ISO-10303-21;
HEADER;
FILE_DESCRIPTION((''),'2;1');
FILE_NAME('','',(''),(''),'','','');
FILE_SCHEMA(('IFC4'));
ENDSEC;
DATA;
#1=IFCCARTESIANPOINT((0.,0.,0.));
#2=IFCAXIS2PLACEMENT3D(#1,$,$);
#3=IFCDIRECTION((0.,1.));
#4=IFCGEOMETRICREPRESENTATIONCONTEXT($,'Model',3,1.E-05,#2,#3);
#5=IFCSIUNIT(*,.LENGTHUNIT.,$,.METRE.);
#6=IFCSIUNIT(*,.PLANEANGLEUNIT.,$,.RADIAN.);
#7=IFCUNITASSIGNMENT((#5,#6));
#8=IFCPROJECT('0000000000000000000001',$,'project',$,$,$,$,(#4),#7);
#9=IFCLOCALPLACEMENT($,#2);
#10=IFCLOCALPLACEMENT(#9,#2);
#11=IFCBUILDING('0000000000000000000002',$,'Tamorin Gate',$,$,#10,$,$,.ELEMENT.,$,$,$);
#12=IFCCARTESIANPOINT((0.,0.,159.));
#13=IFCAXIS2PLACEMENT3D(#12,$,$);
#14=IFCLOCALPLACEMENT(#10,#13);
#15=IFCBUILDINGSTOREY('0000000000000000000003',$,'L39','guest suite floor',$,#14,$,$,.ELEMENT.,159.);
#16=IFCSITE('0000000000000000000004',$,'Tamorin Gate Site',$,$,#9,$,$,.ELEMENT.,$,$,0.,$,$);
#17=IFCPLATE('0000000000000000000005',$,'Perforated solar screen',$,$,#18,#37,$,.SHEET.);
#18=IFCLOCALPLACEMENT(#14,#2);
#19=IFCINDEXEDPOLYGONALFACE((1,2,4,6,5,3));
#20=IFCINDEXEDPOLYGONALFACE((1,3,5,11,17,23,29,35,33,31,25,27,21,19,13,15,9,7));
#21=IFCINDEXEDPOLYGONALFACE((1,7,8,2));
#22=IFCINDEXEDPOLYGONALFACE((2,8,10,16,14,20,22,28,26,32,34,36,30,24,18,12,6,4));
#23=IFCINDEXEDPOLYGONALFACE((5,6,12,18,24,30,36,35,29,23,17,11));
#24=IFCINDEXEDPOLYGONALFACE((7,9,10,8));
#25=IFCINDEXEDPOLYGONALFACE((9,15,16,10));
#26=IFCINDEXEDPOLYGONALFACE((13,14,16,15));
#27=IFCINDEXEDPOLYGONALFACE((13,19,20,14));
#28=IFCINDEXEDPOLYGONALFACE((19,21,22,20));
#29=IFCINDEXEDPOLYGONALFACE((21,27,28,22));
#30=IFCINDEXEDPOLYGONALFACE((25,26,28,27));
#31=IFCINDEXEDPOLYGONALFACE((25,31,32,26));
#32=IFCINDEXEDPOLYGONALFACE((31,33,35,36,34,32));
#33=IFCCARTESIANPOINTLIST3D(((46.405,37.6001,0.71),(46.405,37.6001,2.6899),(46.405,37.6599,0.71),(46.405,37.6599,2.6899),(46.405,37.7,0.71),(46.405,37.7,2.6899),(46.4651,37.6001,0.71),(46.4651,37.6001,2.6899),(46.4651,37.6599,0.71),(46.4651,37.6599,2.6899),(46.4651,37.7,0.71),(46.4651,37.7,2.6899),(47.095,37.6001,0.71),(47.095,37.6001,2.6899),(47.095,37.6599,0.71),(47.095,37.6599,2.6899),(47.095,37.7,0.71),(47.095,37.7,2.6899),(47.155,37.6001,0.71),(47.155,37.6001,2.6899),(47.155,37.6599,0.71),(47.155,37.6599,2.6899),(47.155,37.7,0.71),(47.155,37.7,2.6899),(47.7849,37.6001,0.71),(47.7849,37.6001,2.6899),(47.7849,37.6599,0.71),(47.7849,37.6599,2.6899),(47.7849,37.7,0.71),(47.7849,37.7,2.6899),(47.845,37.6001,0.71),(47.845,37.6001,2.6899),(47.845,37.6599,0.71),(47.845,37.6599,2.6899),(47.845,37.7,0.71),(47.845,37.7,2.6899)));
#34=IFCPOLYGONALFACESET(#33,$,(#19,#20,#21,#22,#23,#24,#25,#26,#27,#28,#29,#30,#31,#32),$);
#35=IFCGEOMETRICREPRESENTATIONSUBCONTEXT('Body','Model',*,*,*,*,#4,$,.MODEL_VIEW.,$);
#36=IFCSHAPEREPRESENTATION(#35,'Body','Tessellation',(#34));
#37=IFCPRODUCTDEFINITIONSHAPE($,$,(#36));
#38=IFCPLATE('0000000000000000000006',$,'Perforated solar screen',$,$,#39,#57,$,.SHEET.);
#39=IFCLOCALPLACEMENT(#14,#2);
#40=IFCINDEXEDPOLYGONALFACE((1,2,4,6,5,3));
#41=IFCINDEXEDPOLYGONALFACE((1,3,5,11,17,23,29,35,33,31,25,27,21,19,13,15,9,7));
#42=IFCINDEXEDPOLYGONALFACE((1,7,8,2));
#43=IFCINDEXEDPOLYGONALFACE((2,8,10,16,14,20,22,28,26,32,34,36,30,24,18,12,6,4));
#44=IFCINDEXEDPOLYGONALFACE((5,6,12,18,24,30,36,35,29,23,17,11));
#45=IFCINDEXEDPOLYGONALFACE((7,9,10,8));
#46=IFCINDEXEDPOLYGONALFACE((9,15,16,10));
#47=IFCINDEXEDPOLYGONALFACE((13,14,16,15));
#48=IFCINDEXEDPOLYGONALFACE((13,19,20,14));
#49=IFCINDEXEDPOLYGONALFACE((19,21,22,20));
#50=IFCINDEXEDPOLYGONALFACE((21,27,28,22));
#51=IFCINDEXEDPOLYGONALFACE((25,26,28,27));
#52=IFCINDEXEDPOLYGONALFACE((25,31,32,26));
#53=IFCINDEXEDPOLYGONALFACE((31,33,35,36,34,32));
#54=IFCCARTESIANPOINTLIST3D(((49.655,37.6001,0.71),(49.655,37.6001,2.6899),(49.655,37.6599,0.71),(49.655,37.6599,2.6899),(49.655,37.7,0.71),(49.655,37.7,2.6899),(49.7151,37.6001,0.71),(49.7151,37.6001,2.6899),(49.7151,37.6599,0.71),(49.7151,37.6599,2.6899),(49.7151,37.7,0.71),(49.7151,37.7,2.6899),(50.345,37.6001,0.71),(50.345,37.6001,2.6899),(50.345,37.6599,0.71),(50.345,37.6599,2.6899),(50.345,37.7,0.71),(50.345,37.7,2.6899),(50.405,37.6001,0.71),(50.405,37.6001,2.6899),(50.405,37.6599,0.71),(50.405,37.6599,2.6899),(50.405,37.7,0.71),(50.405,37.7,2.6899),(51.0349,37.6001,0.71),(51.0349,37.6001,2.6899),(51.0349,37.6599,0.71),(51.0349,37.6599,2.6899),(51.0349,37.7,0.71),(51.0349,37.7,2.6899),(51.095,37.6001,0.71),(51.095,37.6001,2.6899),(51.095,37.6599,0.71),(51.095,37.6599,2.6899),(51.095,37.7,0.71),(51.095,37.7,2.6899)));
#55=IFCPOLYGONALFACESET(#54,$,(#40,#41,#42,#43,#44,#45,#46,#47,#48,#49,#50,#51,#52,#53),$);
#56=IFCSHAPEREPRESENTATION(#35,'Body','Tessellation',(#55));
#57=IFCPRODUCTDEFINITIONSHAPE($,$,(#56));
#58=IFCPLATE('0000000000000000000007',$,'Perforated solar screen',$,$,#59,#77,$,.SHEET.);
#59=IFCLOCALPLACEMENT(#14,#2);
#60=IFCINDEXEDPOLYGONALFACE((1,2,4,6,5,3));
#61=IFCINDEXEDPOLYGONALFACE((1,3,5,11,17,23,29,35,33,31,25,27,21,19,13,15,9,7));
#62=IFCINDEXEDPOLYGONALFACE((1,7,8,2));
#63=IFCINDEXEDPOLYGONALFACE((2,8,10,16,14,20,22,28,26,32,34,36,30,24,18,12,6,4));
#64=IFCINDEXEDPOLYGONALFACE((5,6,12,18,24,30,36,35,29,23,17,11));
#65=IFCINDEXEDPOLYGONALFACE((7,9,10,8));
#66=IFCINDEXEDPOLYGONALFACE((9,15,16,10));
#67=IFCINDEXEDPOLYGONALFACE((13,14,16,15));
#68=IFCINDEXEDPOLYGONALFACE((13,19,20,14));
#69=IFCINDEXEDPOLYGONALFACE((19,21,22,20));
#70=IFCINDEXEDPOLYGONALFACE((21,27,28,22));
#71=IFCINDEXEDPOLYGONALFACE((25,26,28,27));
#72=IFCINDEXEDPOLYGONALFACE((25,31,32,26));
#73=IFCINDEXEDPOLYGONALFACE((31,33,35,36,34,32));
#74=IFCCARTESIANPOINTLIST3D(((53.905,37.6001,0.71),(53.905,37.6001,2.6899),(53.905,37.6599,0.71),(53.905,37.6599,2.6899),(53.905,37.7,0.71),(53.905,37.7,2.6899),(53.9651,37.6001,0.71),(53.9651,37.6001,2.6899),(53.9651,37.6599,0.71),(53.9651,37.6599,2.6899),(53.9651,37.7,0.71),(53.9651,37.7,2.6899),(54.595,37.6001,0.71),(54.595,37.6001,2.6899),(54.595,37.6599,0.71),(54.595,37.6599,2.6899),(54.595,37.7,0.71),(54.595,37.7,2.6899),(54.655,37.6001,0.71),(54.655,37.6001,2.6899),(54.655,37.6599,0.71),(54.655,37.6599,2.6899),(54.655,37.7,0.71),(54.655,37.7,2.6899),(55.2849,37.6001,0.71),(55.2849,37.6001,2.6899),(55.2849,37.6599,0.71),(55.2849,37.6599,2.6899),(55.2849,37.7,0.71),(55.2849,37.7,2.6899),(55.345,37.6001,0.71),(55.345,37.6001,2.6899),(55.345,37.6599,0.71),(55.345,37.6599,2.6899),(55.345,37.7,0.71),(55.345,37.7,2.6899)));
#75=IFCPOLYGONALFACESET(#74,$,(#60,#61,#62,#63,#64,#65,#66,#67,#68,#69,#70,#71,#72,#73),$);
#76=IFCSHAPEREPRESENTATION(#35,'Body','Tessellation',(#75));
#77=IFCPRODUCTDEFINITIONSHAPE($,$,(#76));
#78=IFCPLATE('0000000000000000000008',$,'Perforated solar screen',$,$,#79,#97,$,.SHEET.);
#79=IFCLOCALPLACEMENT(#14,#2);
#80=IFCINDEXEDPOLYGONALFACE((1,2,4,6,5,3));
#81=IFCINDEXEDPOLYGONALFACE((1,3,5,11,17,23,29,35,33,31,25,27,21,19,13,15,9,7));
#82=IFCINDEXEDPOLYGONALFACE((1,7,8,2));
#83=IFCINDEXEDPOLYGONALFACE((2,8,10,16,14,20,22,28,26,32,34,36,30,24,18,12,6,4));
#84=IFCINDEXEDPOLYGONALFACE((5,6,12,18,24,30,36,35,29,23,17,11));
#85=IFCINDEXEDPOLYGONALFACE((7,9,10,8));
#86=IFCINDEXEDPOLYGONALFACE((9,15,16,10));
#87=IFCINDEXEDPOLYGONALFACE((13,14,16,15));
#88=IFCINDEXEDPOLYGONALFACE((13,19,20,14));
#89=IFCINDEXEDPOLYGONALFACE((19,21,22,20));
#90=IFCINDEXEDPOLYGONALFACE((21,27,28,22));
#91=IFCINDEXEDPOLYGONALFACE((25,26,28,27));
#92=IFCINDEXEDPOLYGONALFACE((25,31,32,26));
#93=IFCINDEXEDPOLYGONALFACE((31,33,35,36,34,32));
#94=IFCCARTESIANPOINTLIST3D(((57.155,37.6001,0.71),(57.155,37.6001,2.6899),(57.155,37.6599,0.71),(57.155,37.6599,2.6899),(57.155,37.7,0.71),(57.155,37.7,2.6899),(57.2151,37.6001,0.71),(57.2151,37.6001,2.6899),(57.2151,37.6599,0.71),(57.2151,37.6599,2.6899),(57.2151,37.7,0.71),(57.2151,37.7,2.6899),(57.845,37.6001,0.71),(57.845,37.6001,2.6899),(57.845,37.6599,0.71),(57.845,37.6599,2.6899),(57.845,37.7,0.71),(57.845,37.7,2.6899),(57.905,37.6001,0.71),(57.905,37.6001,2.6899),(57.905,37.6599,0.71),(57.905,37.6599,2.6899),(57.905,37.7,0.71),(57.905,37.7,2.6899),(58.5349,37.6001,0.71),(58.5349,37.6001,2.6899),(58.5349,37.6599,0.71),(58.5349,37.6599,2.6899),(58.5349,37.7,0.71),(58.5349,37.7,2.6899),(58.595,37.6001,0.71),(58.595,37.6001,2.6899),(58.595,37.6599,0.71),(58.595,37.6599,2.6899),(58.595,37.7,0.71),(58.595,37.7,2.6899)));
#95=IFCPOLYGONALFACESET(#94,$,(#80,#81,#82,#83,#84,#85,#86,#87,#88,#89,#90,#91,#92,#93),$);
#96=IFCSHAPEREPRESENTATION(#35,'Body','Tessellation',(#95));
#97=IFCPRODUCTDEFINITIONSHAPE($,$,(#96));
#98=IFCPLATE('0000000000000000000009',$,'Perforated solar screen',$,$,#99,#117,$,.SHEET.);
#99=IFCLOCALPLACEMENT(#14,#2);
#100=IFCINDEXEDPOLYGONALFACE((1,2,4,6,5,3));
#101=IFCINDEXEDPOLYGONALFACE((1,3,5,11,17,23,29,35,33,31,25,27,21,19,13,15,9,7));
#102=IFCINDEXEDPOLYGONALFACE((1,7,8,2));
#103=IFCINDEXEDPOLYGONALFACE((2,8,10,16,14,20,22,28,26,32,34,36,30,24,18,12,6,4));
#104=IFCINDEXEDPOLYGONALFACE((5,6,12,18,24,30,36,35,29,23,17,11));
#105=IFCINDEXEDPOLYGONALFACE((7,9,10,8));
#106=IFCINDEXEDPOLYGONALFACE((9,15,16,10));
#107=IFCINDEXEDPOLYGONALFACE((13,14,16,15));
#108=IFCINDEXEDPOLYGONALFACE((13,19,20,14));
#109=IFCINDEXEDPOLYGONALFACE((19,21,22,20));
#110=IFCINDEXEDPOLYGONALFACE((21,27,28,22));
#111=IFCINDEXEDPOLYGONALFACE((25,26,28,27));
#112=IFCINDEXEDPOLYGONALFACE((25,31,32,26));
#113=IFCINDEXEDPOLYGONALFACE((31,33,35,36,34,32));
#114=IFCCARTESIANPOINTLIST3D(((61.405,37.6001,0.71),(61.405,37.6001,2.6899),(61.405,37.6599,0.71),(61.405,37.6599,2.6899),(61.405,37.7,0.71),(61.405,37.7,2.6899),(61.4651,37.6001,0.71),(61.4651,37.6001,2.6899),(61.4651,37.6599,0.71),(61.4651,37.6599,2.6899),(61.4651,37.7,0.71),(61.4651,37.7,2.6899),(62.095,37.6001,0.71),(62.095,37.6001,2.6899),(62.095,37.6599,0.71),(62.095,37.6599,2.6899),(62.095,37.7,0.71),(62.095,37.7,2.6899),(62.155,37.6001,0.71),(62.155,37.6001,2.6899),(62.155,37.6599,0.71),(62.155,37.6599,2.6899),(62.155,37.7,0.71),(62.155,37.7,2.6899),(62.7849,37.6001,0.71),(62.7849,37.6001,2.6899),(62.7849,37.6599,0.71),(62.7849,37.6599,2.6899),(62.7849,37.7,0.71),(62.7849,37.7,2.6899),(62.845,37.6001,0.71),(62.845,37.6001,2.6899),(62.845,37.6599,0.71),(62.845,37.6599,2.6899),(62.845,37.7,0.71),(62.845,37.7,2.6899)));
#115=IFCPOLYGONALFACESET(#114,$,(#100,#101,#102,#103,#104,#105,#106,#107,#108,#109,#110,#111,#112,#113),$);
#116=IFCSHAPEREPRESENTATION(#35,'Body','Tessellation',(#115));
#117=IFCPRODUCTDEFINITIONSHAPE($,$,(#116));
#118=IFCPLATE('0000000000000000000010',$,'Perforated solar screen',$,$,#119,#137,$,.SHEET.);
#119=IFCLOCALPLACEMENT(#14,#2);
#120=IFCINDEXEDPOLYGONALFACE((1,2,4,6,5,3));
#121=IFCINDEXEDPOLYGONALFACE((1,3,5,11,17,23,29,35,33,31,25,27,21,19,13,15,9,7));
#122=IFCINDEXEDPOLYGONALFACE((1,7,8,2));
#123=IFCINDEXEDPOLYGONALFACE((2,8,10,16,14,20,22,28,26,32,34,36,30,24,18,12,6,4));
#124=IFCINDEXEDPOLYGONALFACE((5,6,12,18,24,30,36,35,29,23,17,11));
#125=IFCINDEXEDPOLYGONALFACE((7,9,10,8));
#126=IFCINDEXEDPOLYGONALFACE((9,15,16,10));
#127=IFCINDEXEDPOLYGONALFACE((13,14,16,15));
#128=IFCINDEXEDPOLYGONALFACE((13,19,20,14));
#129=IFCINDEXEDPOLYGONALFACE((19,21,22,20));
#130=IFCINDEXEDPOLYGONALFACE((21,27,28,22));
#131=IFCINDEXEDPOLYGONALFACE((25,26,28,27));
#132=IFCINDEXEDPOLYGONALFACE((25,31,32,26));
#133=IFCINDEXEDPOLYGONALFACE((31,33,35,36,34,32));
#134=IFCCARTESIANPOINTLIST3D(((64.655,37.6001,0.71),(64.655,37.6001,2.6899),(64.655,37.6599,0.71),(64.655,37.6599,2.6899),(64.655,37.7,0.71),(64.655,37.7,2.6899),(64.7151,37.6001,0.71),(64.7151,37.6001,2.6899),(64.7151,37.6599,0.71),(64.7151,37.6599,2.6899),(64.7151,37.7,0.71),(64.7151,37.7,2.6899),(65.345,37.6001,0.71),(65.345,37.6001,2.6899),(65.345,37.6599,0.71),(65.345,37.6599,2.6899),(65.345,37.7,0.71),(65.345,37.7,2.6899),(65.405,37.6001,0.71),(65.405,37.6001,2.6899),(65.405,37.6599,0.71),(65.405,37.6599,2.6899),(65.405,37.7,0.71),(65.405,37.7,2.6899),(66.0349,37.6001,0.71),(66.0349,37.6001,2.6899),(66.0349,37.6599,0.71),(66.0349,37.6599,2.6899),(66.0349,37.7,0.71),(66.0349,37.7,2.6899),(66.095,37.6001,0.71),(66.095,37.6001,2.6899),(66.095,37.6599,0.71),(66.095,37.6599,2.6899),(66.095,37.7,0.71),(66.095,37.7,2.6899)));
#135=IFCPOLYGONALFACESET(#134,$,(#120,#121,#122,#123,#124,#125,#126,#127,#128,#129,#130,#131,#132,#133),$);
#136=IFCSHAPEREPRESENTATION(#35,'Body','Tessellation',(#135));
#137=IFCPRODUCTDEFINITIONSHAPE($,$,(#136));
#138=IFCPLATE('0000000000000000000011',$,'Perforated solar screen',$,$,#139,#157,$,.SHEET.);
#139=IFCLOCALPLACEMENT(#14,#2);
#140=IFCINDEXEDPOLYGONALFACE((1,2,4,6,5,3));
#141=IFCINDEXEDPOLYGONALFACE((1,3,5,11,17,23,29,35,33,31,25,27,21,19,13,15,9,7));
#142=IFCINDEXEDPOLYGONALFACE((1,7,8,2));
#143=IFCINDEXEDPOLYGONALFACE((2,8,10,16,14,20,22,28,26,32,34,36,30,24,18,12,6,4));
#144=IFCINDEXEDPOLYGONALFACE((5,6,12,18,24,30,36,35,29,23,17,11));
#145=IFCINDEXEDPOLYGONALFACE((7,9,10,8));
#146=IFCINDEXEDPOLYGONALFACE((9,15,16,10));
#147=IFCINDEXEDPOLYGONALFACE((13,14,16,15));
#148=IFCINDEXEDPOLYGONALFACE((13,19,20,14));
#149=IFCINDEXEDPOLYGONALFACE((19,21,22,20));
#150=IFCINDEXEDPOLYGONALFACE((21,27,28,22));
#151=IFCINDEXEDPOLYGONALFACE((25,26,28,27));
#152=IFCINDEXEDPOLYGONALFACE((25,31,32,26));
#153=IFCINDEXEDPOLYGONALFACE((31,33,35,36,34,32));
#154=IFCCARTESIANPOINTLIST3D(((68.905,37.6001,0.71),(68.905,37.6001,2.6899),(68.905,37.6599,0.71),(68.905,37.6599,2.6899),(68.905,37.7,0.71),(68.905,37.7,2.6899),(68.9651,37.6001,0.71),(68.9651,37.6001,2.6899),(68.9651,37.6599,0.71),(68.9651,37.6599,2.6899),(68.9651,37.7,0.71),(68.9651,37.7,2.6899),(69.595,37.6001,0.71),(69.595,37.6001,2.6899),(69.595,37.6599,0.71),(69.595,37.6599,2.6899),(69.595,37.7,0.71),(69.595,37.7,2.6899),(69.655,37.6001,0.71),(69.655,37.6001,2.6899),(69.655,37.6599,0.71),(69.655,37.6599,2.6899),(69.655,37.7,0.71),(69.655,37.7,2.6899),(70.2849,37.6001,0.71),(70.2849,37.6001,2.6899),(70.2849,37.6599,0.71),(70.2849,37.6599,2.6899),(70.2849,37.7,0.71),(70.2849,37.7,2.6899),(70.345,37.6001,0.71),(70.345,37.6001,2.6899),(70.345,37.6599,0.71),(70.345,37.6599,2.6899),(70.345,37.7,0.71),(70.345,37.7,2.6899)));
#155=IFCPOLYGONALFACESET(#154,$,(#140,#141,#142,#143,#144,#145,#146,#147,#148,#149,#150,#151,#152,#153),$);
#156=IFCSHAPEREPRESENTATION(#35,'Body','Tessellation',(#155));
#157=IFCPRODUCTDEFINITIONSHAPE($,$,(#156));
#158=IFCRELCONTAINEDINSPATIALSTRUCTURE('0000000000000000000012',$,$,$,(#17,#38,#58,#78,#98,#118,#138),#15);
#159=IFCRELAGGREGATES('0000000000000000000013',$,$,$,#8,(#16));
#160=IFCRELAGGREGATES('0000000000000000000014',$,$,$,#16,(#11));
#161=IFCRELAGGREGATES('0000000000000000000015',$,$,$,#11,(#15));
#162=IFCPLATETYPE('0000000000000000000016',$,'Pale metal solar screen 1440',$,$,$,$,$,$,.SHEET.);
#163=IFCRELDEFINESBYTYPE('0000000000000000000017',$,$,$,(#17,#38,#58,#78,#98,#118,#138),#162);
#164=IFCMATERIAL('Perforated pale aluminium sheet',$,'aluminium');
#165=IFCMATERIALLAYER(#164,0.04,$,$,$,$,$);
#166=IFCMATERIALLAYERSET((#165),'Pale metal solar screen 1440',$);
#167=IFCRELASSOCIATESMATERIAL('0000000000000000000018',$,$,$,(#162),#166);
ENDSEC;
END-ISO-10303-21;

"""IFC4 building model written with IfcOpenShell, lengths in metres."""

from ifc_helpers import new_model, si_unit, direction, frame, origin, place, context, subcontext, project, spatial, polyline, outline, extrude, material, layer, layer_set, type_object, element, save


model = new_model("IFC4")

# Units and contexts
model_context = context("Model", 3, precision=1e-05, world=origin(), true_north=direction((0.0, 1.0)))
body_context = subcontext(model_context, "Body", "Model", "MODEL_VIEW")
ifc_project = project(units=[si_unit("LENGTHUNIT", "METRE"), si_unit("PLANEANGLEUNIT", "RADIAN")], contexts=[model_context])

# Site, building, storey
site_placement = place(None, origin())
site = spatial("IfcSite", under=ifc_project, at=site_placement, Name="Tamorin Gate Site", CompositionType="ELEMENT", RefElevation=0.0)
building_placement = place(site_placement, origin())
building = spatial("IfcBuilding", under=site, at=building_placement, Name="Tamorin Gate", CompositionType="ELEMENT")
storey_placement = place(building_placement, frame((0.0, 0.0, 159.0)))
storey = spatial("IfcBuildingStorey", under=building, at=storey_placement, Name="L39", Description="guest suite floor", CompositionType="ELEMENT", Elevation=159.0)

# Plates
ifc_material_1 = material(Name="Perforated pale aluminium sheet", Category="aluminium")
ifc_layer_1 = layer(ifc_material_1, 0.04)
ifc_layer_set_1 = layer_set([ifc_layer_1], Name="Pale metal solar screen 1440")
plate_type_1 = type_object("IfcPlateType", Name="Pale metal solar screen 1440", PredefinedType="SHEET", material=ifc_layer_set_1)
plate_1_placement = place(storey_placement, frame((0.0, 0.0, 0.71)))
element("IfcPlate", 1, at=plate_1_placement, inside=storey, type_object=plate_type_1, Name="Perforated solar screen", PredefinedType="SHEET", context=body_context, shape_type="SweptSolid", body=[
    extrude(outline(polyline([(46.405, 37.6599), (46.405, 37.7), (46.4651, 37.7), (47.095, 37.7), (47.155, 37.7), (47.7849, 37.7), (47.845, 37.7), (47.845, 37.6599), (47.845, 37.6001), (47.7849, 37.6001), (47.7849, 37.6599), (47.155, 37.6599), (47.155, 37.6001), (47.095, 37.6001), (47.095, 37.6599), (46.4651, 37.6599), (46.4651, 37.6001), (46.405, 37.6001), (46.405, 37.6599)])), origin(), (0.0, 0.0, 1.0), 1.98),
])
plate_2_placement = place(storey_placement, frame((0.0, 0.0, 0.71)))
element("IfcPlate", 2, at=plate_2_placement, inside=storey, type_object=plate_type_1, Name="Perforated solar screen", PredefinedType="SHEET", context=body_context, shape_type="SweptSolid", body=[
    extrude(outline(polyline([(49.655, 37.6599), (49.655, 37.7), (49.7151, 37.7), (50.345, 37.7), (50.405, 37.7), (51.0349, 37.7), (51.095, 37.7), (51.095, 37.6599), (51.095, 37.6001), (51.0349, 37.6001), (51.0349, 37.6599), (50.405, 37.6599), (50.405, 37.6001), (50.345, 37.6001), (50.345, 37.6599), (49.7151, 37.6599), (49.7151, 37.6001), (49.655, 37.6001), (49.655, 37.6599)])), origin(), (0.0, 0.0, 1.0), 1.98),
])
plate_3_placement = place(storey_placement, frame((0.0, 0.0, 0.71)))
element("IfcPlate", 3, at=plate_3_placement, inside=storey, type_object=plate_type_1, Name="Perforated solar screen", PredefinedType="SHEET", context=body_context, shape_type="SweptSolid", body=[
    extrude(outline(polyline([(53.905, 37.6599), (53.905, 37.7), (53.9651, 37.7), (54.595, 37.7), (54.655, 37.7), (55.2849, 37.7), (55.345, 37.7), (55.345, 37.6599), (55.345, 37.6001), (55.2849, 37.6001), (55.2849, 37.6599), (54.655, 37.6599), (54.655, 37.6001), (54.595, 37.6001), (54.595, 37.6599), (53.9651, 37.6599), (53.9651, 37.6001), (53.905, 37.6001), (53.905, 37.6599)])), origin(), (0.0, 0.0, 1.0), 1.98),
])
plate_4_placement = place(storey_placement, frame((0.0, 0.0, 0.71)))
element("IfcPlate", 4, at=plate_4_placement, inside=storey, type_object=plate_type_1, Name="Perforated solar screen", PredefinedType="SHEET", context=body_context, shape_type="SweptSolid", body=[
    extrude(outline(polyline([(57.155, 37.6599), (57.155, 37.7), (57.2151, 37.7), (57.845, 37.7), (57.905, 37.7), (58.5349, 37.7), (58.595, 37.7), (58.595, 37.6599), (58.595, 37.6001), (58.5349, 37.6001), (58.5349, 37.6599), (57.905, 37.6599), (57.905, 37.6001), (57.845, 37.6001), (57.845, 37.6599), (57.2151, 37.6599), (57.2151, 37.6001), (57.155, 37.6001), (57.155, 37.6599)])), origin(), (0.0, 0.0, 1.0), 1.98),
])
plate_5_placement = place(storey_placement, frame((0.0, 0.0, 0.71)))
element("IfcPlate", 5, at=plate_5_placement, inside=storey, type_object=plate_type_1, Name="Perforated solar screen", PredefinedType="SHEET", context=body_context, shape_type="SweptSolid", body=[
    extrude(outline(polyline([(61.405, 37.6599), (61.405, 37.7), (61.4651, 37.7), (62.095, 37.7), (62.155, 37.7), (62.7849, 37.7), (62.845, 37.7), (62.845, 37.6599), (62.845, 37.6001), (62.7849, 37.6001), (62.7849, 37.6599), (62.155, 37.6599), (62.155, 37.6001), (62.095, 37.6001), (62.095, 37.6599), (61.4651, 37.6599), (61.4651, 37.6001), (61.405, 37.6001), (61.405, 37.6599)])), origin(), (0.0, 0.0, 1.0), 1.98),
])
plate_6_placement = place(storey_placement, frame((0.0, 0.0, 0.71)))
element("IfcPlate", 6, at=plate_6_placement, inside=storey, type_object=plate_type_1, Name="Perforated solar screen", PredefinedType="SHEET", context=body_context, shape_type="SweptSolid", body=[
    extrude(outline(polyline([(64.655, 37.6599), (64.655, 37.7), (64.7151, 37.7), (65.345, 37.7), (65.405, 37.7), (66.0349, 37.7), (66.095, 37.7), (66.095, 37.6599), (66.095, 37.6001), (66.0349, 37.6001), (66.0349, 37.6599), (65.405, 37.6599), (65.405, 37.6001), (65.345, 37.6001), (65.345, 37.6599), (64.7151, 37.6599), (64.7151, 37.6001), (64.655, 37.6001), (64.655, 37.6599)])), origin(), (0.0, 0.0, 1.0), 1.98),
])
plate_7_placement = place(storey_placement, frame((0.0, 0.0, 0.71)))
element("IfcPlate", 7, at=plate_7_placement, inside=storey, type_object=plate_type_1, Name="Perforated solar screen", PredefinedType="SHEET", context=body_context, shape_type="SweptSolid", body=[
    extrude(outline(polyline([(68.905, 37.6599), (68.905, 37.7), (68.9651, 37.7), (69.595, 37.7), (69.655, 37.7), (70.2849, 37.7), (70.345, 37.7), (70.345, 37.6599), (70.345, 37.6001), (70.2849, 37.6001), (70.2849, 37.6599), (69.655, 37.6599), (69.655, 37.6001), (69.595, 37.6001), (69.595, 37.6599), (68.9651, 37.6599), (68.9651, 37.6001), (68.905, 37.6001), (68.905, 37.6599)])), origin(), (0.0, 0.0, 1.0), 1.98),
])

save(model, "model.ifc")
